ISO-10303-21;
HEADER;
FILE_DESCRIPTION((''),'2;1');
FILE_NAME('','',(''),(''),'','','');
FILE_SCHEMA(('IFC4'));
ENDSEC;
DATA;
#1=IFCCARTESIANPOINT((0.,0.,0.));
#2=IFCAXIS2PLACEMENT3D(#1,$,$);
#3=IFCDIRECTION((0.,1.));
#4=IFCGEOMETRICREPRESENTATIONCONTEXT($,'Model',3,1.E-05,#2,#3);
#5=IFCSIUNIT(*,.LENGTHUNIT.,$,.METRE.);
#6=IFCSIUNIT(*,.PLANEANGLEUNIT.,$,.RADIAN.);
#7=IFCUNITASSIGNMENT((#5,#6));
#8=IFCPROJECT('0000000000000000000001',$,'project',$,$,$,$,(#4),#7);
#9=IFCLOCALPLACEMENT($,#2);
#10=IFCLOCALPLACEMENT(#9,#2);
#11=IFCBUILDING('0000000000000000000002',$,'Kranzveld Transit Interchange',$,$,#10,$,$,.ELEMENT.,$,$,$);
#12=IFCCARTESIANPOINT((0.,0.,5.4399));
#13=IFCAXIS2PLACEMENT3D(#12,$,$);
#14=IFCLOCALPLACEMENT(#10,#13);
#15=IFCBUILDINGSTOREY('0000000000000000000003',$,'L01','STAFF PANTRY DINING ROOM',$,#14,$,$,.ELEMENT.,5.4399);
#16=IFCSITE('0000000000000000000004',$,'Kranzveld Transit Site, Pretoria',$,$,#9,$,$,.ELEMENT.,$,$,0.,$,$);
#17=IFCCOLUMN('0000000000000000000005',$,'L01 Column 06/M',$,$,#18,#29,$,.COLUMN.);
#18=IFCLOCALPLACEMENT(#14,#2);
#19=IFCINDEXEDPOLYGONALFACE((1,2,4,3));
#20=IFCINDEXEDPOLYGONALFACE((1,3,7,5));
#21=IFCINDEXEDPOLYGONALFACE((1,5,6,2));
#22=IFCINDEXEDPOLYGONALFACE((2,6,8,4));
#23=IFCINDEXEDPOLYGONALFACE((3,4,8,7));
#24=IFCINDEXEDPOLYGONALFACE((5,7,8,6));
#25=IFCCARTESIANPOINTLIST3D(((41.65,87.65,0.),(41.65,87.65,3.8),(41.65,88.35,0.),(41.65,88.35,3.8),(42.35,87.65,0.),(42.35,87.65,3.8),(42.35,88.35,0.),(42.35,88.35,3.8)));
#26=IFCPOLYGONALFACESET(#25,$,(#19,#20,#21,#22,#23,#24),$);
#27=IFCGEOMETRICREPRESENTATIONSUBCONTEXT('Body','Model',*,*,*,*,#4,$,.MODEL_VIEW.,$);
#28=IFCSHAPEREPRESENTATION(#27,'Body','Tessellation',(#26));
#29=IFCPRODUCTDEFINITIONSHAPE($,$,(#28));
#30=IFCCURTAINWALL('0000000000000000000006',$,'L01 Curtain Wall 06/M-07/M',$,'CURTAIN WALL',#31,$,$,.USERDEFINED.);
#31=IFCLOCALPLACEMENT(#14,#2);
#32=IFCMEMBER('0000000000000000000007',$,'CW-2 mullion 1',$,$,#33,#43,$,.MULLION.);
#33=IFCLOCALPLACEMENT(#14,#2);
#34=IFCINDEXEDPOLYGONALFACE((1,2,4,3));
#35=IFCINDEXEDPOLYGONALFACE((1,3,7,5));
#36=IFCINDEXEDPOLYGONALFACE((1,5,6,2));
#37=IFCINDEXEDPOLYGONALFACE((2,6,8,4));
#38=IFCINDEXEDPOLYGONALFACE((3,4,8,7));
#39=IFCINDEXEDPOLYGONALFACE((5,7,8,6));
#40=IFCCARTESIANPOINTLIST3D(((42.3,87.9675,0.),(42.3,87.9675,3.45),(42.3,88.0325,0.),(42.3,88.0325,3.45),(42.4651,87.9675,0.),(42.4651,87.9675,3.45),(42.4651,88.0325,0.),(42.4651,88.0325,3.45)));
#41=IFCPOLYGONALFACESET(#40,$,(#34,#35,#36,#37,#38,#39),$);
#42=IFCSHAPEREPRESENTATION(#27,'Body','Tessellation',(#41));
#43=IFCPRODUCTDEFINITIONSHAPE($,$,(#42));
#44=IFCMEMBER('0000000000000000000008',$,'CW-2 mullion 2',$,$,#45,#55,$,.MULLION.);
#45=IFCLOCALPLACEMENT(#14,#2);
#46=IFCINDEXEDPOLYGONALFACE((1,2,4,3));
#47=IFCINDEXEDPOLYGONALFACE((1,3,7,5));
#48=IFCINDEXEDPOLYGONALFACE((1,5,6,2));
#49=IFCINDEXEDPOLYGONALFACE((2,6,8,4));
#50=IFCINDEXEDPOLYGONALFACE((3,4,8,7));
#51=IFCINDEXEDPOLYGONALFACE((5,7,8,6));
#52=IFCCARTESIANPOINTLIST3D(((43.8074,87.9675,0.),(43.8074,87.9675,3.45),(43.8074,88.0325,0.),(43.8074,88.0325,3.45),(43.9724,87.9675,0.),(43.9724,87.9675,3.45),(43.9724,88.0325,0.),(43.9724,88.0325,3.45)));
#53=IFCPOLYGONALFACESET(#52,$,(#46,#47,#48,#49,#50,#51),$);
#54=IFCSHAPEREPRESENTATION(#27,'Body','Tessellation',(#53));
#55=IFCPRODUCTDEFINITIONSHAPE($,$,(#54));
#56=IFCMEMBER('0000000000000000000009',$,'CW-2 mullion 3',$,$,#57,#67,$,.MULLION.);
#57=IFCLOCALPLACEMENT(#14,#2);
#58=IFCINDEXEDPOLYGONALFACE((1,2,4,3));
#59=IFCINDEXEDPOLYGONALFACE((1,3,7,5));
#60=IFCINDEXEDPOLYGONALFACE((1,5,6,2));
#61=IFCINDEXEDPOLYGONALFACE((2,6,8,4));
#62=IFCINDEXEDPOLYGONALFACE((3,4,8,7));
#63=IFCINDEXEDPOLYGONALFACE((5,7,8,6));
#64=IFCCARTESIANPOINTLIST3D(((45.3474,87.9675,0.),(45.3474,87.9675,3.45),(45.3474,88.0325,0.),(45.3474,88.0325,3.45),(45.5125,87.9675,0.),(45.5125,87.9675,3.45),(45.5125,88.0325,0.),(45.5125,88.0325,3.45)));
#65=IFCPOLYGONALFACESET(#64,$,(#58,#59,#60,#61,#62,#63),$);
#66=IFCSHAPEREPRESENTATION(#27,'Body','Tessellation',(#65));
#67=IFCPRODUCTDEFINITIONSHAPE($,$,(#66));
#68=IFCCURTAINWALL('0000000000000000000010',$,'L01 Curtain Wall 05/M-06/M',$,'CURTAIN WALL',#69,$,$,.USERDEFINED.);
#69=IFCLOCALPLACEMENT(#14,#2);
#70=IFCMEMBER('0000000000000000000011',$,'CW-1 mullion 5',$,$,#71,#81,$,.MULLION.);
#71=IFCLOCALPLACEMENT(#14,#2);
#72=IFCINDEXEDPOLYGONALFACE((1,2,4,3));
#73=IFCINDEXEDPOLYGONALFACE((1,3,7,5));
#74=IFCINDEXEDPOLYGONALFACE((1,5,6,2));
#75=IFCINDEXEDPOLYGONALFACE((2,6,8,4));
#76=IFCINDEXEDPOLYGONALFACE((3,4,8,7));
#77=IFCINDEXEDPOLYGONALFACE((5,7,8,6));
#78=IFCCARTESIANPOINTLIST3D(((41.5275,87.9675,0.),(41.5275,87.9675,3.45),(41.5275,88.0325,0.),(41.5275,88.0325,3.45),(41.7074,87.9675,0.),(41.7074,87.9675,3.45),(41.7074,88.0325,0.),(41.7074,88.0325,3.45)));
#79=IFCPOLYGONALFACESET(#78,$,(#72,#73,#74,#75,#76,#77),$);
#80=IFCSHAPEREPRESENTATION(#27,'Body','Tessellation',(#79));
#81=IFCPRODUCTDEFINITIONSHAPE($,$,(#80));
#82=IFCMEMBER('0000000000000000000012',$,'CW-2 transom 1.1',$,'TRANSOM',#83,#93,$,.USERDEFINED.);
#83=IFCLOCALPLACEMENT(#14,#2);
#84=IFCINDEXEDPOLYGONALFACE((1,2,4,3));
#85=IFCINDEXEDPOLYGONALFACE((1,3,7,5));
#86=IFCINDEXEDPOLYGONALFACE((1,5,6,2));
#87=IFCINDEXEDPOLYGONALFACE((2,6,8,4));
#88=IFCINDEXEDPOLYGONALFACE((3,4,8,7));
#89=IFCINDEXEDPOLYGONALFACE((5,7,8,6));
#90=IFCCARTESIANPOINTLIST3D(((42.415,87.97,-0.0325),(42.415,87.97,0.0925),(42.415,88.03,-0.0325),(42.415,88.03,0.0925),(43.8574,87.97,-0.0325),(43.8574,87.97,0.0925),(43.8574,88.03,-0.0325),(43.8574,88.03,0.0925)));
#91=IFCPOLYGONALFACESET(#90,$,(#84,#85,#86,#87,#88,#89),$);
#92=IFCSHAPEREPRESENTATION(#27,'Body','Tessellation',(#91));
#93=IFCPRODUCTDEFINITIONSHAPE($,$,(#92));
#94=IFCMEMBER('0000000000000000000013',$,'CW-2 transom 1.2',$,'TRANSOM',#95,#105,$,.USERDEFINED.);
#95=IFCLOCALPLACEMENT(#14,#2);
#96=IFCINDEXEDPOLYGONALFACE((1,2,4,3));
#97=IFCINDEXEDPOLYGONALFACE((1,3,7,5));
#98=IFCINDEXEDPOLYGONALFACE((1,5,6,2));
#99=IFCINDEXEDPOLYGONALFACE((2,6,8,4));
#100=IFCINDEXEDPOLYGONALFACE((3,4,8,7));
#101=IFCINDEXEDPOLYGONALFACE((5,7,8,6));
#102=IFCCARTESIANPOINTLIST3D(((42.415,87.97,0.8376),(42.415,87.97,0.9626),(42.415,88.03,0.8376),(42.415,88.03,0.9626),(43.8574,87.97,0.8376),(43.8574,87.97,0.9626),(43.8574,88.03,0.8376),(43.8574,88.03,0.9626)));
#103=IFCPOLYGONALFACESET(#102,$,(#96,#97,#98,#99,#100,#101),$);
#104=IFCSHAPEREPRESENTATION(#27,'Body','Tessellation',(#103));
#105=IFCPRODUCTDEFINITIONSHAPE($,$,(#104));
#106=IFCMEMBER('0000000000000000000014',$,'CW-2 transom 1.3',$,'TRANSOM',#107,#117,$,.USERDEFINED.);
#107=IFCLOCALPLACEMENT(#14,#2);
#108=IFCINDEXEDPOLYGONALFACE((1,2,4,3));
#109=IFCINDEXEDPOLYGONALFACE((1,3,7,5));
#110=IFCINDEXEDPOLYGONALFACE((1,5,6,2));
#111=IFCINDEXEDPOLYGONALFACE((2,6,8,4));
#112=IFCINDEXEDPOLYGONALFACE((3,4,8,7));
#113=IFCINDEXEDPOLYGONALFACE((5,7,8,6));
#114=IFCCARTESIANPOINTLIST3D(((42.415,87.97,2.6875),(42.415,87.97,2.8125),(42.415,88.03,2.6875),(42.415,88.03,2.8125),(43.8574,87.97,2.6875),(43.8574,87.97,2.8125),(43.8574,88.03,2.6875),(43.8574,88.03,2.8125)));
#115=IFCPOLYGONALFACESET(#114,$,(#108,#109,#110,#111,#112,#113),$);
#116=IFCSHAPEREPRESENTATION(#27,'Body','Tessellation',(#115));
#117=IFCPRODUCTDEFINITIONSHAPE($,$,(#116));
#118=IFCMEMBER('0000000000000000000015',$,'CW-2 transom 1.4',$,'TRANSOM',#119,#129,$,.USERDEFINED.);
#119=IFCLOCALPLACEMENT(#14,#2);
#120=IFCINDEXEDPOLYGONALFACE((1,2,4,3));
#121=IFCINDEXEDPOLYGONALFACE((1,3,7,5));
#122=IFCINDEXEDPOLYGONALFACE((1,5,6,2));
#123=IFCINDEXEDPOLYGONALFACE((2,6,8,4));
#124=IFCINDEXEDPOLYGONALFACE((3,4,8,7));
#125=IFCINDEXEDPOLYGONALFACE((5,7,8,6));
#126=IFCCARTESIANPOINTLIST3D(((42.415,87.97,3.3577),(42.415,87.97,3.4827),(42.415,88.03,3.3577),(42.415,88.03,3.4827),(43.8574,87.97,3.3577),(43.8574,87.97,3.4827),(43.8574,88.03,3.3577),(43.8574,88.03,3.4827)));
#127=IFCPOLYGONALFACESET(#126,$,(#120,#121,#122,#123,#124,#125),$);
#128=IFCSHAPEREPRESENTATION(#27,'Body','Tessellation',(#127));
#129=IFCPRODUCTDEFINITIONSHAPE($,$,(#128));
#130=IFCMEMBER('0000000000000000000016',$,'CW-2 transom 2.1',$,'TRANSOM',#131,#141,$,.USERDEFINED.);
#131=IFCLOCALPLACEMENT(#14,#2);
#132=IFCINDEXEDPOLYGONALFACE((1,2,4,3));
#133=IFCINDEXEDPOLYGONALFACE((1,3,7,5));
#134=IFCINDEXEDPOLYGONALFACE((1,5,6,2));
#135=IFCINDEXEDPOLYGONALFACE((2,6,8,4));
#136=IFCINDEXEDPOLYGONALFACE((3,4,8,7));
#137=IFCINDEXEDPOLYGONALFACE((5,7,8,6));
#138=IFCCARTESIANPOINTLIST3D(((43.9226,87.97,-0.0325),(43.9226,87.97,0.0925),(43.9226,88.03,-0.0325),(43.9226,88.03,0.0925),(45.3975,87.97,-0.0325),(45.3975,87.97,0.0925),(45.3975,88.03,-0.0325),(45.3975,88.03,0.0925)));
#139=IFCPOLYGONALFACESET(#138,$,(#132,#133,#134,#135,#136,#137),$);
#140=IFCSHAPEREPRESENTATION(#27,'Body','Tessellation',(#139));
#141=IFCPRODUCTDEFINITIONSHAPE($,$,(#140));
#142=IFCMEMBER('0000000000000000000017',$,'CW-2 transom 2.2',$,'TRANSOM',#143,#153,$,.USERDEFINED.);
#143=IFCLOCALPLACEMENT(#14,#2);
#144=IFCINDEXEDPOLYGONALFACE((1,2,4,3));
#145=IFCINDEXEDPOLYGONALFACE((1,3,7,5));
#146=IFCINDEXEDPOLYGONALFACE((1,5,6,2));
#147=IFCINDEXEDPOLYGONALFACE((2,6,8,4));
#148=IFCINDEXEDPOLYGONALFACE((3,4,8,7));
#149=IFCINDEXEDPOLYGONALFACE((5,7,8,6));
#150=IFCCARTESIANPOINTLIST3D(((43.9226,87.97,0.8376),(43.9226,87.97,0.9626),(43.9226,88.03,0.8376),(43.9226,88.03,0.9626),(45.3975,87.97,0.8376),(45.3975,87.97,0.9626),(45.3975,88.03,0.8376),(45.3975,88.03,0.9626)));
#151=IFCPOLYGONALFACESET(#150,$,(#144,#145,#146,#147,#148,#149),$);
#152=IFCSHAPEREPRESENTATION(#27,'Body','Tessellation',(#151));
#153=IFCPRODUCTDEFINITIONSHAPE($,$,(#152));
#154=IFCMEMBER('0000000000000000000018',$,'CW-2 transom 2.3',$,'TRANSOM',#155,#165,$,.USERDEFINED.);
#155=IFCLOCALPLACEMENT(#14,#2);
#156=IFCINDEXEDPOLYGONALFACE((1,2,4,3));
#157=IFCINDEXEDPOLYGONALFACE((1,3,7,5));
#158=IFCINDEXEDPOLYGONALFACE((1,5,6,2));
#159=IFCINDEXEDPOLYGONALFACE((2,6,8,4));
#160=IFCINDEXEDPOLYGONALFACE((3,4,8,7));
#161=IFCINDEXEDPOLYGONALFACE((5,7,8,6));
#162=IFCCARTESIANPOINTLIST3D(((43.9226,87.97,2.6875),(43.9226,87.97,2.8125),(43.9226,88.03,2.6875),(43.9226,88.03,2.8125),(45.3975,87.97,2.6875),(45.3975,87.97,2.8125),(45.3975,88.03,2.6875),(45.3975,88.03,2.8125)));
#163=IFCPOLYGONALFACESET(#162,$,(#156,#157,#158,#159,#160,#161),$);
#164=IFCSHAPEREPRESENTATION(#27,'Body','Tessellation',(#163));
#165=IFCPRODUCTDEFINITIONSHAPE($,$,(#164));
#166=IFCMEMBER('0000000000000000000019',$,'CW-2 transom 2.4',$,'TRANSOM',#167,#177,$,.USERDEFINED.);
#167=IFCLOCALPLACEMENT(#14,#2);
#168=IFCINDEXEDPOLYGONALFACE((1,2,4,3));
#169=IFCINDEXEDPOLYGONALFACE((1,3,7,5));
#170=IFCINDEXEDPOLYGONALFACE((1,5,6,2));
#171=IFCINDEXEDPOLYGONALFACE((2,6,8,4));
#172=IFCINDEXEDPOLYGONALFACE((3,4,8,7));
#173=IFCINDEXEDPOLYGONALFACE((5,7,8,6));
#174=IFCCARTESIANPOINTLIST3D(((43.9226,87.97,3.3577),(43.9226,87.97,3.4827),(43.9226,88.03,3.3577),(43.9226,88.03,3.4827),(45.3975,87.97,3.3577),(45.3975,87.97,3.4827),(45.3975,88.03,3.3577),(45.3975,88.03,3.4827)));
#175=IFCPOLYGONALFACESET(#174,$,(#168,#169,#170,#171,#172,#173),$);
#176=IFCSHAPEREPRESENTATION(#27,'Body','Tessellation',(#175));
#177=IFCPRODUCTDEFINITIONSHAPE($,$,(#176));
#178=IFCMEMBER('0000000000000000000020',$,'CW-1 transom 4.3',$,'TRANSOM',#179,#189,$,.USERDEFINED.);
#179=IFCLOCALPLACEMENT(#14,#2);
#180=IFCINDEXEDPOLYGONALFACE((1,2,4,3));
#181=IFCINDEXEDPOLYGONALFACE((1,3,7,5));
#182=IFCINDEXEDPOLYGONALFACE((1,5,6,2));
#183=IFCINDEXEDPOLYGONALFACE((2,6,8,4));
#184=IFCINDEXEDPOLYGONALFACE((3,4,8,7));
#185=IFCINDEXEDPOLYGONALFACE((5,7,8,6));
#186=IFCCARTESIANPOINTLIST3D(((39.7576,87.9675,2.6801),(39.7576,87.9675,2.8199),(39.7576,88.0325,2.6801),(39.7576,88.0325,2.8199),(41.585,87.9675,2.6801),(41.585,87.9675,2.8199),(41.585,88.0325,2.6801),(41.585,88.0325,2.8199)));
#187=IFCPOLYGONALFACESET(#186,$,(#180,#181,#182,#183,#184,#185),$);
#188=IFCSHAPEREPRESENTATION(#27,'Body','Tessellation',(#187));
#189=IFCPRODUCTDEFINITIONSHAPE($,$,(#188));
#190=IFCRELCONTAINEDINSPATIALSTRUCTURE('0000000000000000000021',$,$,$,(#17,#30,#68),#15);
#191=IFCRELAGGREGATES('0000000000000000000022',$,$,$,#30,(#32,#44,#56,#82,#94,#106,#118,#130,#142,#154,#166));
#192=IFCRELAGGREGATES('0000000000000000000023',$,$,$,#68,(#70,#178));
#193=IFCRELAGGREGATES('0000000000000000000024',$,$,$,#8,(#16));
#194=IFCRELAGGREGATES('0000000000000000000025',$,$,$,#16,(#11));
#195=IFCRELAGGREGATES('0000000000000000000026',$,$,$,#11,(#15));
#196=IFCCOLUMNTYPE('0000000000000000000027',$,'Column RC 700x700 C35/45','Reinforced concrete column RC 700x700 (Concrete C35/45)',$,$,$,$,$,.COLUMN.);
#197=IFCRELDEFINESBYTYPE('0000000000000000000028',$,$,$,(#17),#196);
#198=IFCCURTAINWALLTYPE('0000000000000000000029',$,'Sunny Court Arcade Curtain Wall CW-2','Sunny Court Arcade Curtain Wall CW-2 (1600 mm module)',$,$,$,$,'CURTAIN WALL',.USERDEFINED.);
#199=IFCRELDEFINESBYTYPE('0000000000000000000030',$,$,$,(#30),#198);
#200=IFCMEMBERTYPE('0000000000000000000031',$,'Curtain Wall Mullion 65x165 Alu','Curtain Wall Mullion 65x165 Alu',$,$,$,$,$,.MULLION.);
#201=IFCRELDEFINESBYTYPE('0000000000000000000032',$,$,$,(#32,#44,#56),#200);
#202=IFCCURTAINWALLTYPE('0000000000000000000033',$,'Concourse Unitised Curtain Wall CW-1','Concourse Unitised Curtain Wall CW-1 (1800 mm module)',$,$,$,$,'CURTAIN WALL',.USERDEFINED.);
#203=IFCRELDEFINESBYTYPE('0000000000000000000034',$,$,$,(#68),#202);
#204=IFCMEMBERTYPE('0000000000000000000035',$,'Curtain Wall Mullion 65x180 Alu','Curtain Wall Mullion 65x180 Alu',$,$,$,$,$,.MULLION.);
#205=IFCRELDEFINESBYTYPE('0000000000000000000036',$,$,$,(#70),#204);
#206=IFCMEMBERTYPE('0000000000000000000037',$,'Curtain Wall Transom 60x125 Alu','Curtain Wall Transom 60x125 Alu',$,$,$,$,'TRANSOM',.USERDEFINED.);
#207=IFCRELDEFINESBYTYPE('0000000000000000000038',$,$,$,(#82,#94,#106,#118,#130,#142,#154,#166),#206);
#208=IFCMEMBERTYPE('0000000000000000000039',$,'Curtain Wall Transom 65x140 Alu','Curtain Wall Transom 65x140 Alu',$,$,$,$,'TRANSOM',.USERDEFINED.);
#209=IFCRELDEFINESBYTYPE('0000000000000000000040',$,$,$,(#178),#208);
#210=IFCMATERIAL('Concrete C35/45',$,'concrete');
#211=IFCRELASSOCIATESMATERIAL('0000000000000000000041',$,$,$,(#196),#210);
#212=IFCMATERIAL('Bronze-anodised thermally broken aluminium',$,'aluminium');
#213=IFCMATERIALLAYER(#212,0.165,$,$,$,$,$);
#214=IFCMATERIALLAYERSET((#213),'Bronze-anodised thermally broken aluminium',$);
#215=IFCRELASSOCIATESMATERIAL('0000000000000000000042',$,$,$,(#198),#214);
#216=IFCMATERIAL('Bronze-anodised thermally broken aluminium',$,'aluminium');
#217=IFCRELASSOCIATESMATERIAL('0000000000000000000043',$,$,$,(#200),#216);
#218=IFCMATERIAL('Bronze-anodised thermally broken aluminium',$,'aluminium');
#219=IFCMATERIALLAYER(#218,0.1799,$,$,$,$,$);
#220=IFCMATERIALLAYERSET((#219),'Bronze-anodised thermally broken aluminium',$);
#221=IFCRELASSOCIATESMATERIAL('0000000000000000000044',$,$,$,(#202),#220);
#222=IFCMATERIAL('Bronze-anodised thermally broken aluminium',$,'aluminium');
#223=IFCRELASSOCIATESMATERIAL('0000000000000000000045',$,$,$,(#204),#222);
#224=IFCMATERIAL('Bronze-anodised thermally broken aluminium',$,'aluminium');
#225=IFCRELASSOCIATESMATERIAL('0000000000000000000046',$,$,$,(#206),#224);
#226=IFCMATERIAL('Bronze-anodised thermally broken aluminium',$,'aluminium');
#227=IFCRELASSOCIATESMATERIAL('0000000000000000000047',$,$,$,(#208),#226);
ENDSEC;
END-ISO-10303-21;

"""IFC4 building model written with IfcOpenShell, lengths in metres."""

from ifc_helpers import new_model, si_unit, direction, frame, origin, origin_2d, place, context, subcontext, project, spatial, rectangle, extrude, material, layer, layer_set, material_profile, profile_set, type_object, element, aggregate, save


model = new_model("IFC4")

# Units and contexts
model_context = context("Model", 3, precision=1e-05, world=origin(), true_north=direction((0.0, 1.0)))
body_context = subcontext(model_context, "Body", "Model", "MODEL_VIEW")
ifc_project = project(units=[si_unit("LENGTHUNIT", "METRE"), si_unit("PLANEANGLEUNIT", "RADIAN")], contexts=[model_context])

# Site, building, storey
site_placement = place(None, origin())
site = spatial("IfcSite", under=ifc_project, at=site_placement, Name="Kranzveld Transit Site, Pretoria", CompositionType="ELEMENT", RefElevation=0.0)
building_placement = place(site_placement, origin())
building = spatial("IfcBuilding", under=site, at=building_placement, Name="Kranzveld Transit Interchange", CompositionType="ELEMENT")
storey_placement = place(building_placement, frame((0.0, 0.0, 5.4399)))
storey = spatial("IfcBuildingStorey", under=building, at=storey_placement, Name="L01", Description="STAFF PANTRY DINING ROOM", CompositionType="ELEMENT", Elevation=5.4399)

# Column
ifc_material_1 = material(Name="Concrete C35/45", Category="concrete")
ifc_material_profile_1 = material_profile(ifc_material_1, rectangle(XDim=0.7, YDim=0.7, at=origin_2d()), Name="RC 700x700")
ifc_profile_set_1 = profile_set([ifc_material_profile_1], Name="Concrete C35/45")
column_type = type_object("IfcColumnType", Name="Column RC 700x700 C35/45", Description="Reinforced concrete column RC 700x700 (Concrete C35/45)", PredefinedType="COLUMN", material=ifc_profile_set_1)
column_placement = place(storey_placement, frame((42.0, 88.0, 0.0), z_axis=(0.0, 0.0, 1.0), x_axis=(1.0, 0.0, 0.0)))
element("IfcColumn", 1, at=column_placement, inside=storey, type_object=column_type, Name="L01 Column 06/M", PredefinedType="COLUMN", context=body_context, shape_type="SweptSolid", body=[
    extrude(rectangle(XDim=0.7, YDim=0.7, at=origin_2d()), origin(), (0.0, 0.0, 1.0), 3.8),
])

# Curtain wall, members
ifc_material_2 = material(Name="Bronze-anodised thermally broken aluminium", Category="aluminium")
ifc_layer_1 = layer(ifc_material_2, 0.165)
ifc_layer_set_1 = layer_set([ifc_layer_1], Name="Bronze-anodised thermally broken aluminium")
curtain_wall_type_1 = type_object("IfcCurtainWallType", Name="Sunny Court Arcade Curtain Wall CW-2", Description="Sunny Court Arcade Curtain Wall CW-2 (1600 mm module)", ElementType="CURTAIN WALL", PredefinedType="USERDEFINED", material=ifc_layer_set_1)
curtain_wall_1_placement = place(storey_placement, origin())
curtain_wall_1 = element("IfcCurtainWall", 2, at=curtain_wall_1_placement, inside=storey, type_object=curtain_wall_type_1, Name="L01 Curtain Wall 06/M-07/M", ObjectType="CURTAIN WALL", PredefinedType="USERDEFINED")
ifc_material_3 = material(Name="Bronze-anodised thermally broken aluminium", Category="aluminium")
ifc_material_profile_2 = material_profile(ifc_material_3, rectangle(XDim=0.0649, YDim=0.165, at=origin_2d()), Name="ALU MULLION 65x165")
ifc_profile_set_2 = profile_set([ifc_material_profile_2], Name="Bronze-anodised thermally broken aluminium")
member_type_1 = type_object("IfcMemberType", Name="Curtain Wall Mullion 65x165 Alu", Description="Curtain Wall Mullion 65x165 Alu", PredefinedType="MULLION", material=ifc_profile_set_2)
member_1_placement = place(storey_placement, frame((42.3826, 88.0, 0.0), z_axis=(0.0, 0.0, 1.0), x_axis=(0.0, 1.0, 0.0)))
member_1 = element("IfcMember", 3, at=member_1_placement, type_object=member_type_1, Name="CW-2 mullion 1", PredefinedType="MULLION", context=body_context, shape_type="SweptSolid", body=[
    extrude(rectangle(XDim=0.0649, YDim=0.165, at=origin_2d()), origin(), (0.0, 0.0, 1.0), 3.45),
])
member_2_placement = place(storey_placement, frame((43.8899, 88.0, 0.0), z_axis=(0.0, 0.0, 1.0), x_axis=(0.0, 1.0, 0.0)))
member_2 = element("IfcMember", 4, at=member_2_placement, type_object=member_type_1, Name="CW-2 mullion 2", PredefinedType="MULLION", context=body_context, shape_type="SweptSolid", body=[
    extrude(rectangle(XDim=0.0649, YDim=0.165, at=origin_2d()), origin(), (0.0, 0.0, 1.0), 3.45),
])
member_3_placement = place(storey_placement, frame((45.4299, 88.0, 0.0), z_axis=(0.0, 0.0, 1.0), x_axis=(0.0, 1.0, 0.0)))
member_3 = element("IfcMember", 5, at=member_3_placement, type_object=member_type_1, Name="CW-2 mullion 3", PredefinedType="MULLION", context=body_context, shape_type="SweptSolid", body=[
    extrude(rectangle(XDim=0.0649, YDim=0.165, at=origin_2d()), origin(), (0.0, 0.0, 1.0), 3.45),
])

# Curtain wall, member
ifc_material_4 = material(Name="Bronze-anodised thermally broken aluminium", Category="aluminium")
ifc_layer_2 = layer(ifc_material_4, 0.1799)
ifc_layer_set_2 = layer_set([ifc_layer_2], Name="Bronze-anodised thermally broken aluminium")
curtain_wall_type_2 = type_object("IfcCurtainWallType", Name="Concourse Unitised Curtain Wall CW-1", Description="Concourse Unitised Curtain Wall CW-1 (1800 mm module)", ElementType="CURTAIN WALL", PredefinedType="USERDEFINED", material=ifc_layer_set_2)
curtain_wall_2_placement = place(storey_placement, origin())
curtain_wall_2 = element("IfcCurtainWall", 6, at=curtain_wall_2_placement, inside=storey, type_object=curtain_wall_type_2, Name="L01 Curtain Wall 05/M-06/M", ObjectType="CURTAIN WALL", PredefinedType="USERDEFINED")
ifc_material_5 = material(Name="Bronze-anodised thermally broken aluminium", Category="aluminium")
ifc_material_profile_3 = material_profile(ifc_material_5, rectangle(XDim=0.0649, YDim=0.1799, at=origin_2d()), Name="ALU MULLION 65x180")
ifc_profile_set_3 = profile_set([ifc_material_profile_3], Name="Bronze-anodised thermally broken aluminium")
member_type_2 = type_object("IfcMemberType", Name="Curtain Wall Mullion 65x180 Alu", Description="Curtain Wall Mullion 65x180 Alu", PredefinedType="MULLION", material=ifc_profile_set_3)
member_4_placement = place(storey_placement, frame((41.6174, 88.0, 0.0), z_axis=(0.0, 0.0, 1.0), x_axis=(0.0, 1.0, 0.0)))
member_4 = element("IfcMember", 7, at=member_4_placement, type_object=member_type_2, Name="CW-1 mullion 5", PredefinedType="MULLION", context=body_context, shape_type="SweptSolid", body=[
    extrude(rectangle(XDim=0.0649, YDim=0.1799, at=origin_2d()), origin(), (0.0, 0.0, 1.0), 3.45),
])

# Members
ifc_material_6 = material(Name="Bronze-anodised thermally broken aluminium", Category="aluminium")
ifc_material_profile_4 = material_profile(ifc_material_6, rectangle(XDim=0.0601, YDim=0.125, at=origin_2d()), Name="ALU TRANSOM 60x125")
ifc_profile_set_4 = profile_set([ifc_material_profile_4], Name="Bronze-anodised thermally broken aluminium")
member_type_3 = type_object("IfcMemberType", Name="Curtain Wall Transom 60x125 Alu", Description="Curtain Wall Transom 60x125 Alu", ElementType="TRANSOM", PredefinedType="USERDEFINED", material=ifc_profile_set_4)
member_5_placement = place(storey_placement, frame((42.415, 88.0, 0.03), z_axis=(1.0, 0.0, 0.0), x_axis=(0.0, 1.0, 0.0)))
member_5 = element("IfcMember", 8, at=member_5_placement, type_object=member_type_3, Name="CW-2 transom 1.1", ObjectType="TRANSOM", PredefinedType="USERDEFINED", context=body_context, shape_type="SweptSolid", body=[
    extrude(rectangle(XDim=0.0601, YDim=0.125, at=origin_2d()), origin(), (0.0, 0.0, 1.0), 1.4424),
])
member_6_placement = place(storey_placement, frame((42.415, 88.0, 0.9001), z_axis=(1.0, 0.0, 0.0), x_axis=(0.0, 1.0, 0.0)))
member_6 = element("IfcMember", 9, at=member_6_placement, type_object=member_type_3, Name="CW-2 transom 1.2", ObjectType="TRANSOM", PredefinedType="USERDEFINED", context=body_context, shape_type="SweptSolid", body=[
    extrude(rectangle(XDim=0.0601, YDim=0.125, at=origin_2d()), origin(), (0.0, 0.0, 1.0), 1.4424),
])
member_7_placement = place(storey_placement, frame((42.415, 88.0, 2.75), z_axis=(1.0, 0.0, 0.0), x_axis=(0.0, 1.0, 0.0)))
member_7 = element("IfcMember", 10, at=member_7_placement, type_object=member_type_3, Name="CW-2 transom 1.3", ObjectType="TRANSOM", PredefinedType="USERDEFINED", context=body_context, shape_type="SweptSolid", body=[
    extrude(rectangle(XDim=0.0601, YDim=0.125, at=origin_2d()), origin(), (0.0, 0.0, 1.0), 1.4424),
])
member_8_placement = place(storey_placement, frame((42.415, 88.0, 3.4202), z_axis=(1.0, 0.0, 0.0), x_axis=(0.0, 1.0, 0.0)))
member_8 = element("IfcMember", 11, at=member_8_placement, type_object=member_type_3, Name="CW-2 transom 1.4", ObjectType="TRANSOM", PredefinedType="USERDEFINED", context=body_context, shape_type="SweptSolid", body=[
    extrude(rectangle(XDim=0.0601, YDim=0.125, at=origin_2d()), origin(), (0.0, 0.0, 1.0), 1.4424),
])
member_9_placement = place(storey_placement, frame((43.9226, 88.0, 0.03), z_axis=(1.0, 0.0, 0.0), x_axis=(0.0, 1.0, 0.0)))
member_9 = element("IfcMember", 12, at=member_9_placement, type_object=member_type_3, Name="CW-2 transom 2.1", ObjectType="TRANSOM", PredefinedType="USERDEFINED", context=body_context, shape_type="SweptSolid", body=[
    extrude(rectangle(XDim=0.0601, YDim=0.125, at=origin_2d()), origin(), (0.0, 0.0, 1.0), 1.4749),
])
member_10_placement = place(storey_placement, frame((43.9226, 88.0, 0.9001), z_axis=(1.0, 0.0, 0.0), x_axis=(0.0, 1.0, 0.0)))
member_10 = element("IfcMember", 13, at=member_10_placement, type_object=member_type_3, Name="CW-2 transom 2.2", ObjectType="TRANSOM", PredefinedType="USERDEFINED", context=body_context, shape_type="SweptSolid", body=[
    extrude(rectangle(XDim=0.0601, YDim=0.125, at=origin_2d()), origin(), (0.0, 0.0, 1.0), 1.4749),
])
member_11_placement = place(storey_placement, frame((43.9226, 88.0, 2.75), z_axis=(1.0, 0.0, 0.0), x_axis=(0.0, 1.0, 0.0)))
member_11 = element("IfcMember", 14, at=member_11_placement, type_object=member_type_3, Name="CW-2 transom 2.3", ObjectType="TRANSOM", PredefinedType="USERDEFINED", context=body_context, shape_type="SweptSolid", body=[
    extrude(rectangle(XDim=0.0601, YDim=0.125, at=origin_2d()), origin(), (0.0, 0.0, 1.0), 1.4749),
])
member_12_placement = place(storey_placement, frame((43.9226, 88.0, 3.4202), z_axis=(1.0, 0.0, 0.0), x_axis=(0.0, 1.0, 0.0)))
member_12 = element("IfcMember", 15, at=member_12_placement, type_object=member_type_3, Name="CW-2 transom 2.4", ObjectType="TRANSOM", PredefinedType="USERDEFINED", context=body_context, shape_type="SweptSolid", body=[
    extrude(rectangle(XDim=0.0601, YDim=0.125, at=origin_2d()), origin(), (0.0, 0.0, 1.0), 1.4749),
])
ifc_material_7 = material(Name="Bronze-anodised thermally broken aluminium", Category="aluminium")
ifc_material_profile_5 = material_profile(ifc_material_7, rectangle(XDim=0.0649, YDim=0.1399, at=origin_2d()), Name="ALU TRANSOM 65x140")
ifc_profile_set_5 = profile_set([ifc_material_profile_5], Name="Bronze-anodised thermally broken aluminium")
member_type_4 = type_object("IfcMemberType", Name="Curtain Wall Transom 65x140 Alu", Description="Curtain Wall Transom 65x140 Alu", ElementType="TRANSOM", PredefinedType="USERDEFINED", material=ifc_profile_set_5)
member_13_placement = place(storey_placement, frame((39.7576, 88.0, 2.75), z_axis=(1.0, 0.0, 0.0), x_axis=(0.0, 1.0, 0.0)))
member_13 = element("IfcMember", 16, at=member_13_placement, type_object=member_type_4, Name="CW-1 transom 4.3", ObjectType="TRANSOM", PredefinedType="USERDEFINED", context=body_context, shape_type="SweptSolid", body=[
    extrude(rectangle(XDim=0.0649, YDim=0.1399, at=origin_2d()), origin(), (0.0, 0.0, 1.0), 1.8274),
])

aggregate(curtain_wall_1, [member_1, member_2, member_3, member_5, member_6, member_7, member_8, member_9, member_10, member_11, member_12])
aggregate(curtain_wall_2, [member_4, member_13])

save(model, "model.ifc")
